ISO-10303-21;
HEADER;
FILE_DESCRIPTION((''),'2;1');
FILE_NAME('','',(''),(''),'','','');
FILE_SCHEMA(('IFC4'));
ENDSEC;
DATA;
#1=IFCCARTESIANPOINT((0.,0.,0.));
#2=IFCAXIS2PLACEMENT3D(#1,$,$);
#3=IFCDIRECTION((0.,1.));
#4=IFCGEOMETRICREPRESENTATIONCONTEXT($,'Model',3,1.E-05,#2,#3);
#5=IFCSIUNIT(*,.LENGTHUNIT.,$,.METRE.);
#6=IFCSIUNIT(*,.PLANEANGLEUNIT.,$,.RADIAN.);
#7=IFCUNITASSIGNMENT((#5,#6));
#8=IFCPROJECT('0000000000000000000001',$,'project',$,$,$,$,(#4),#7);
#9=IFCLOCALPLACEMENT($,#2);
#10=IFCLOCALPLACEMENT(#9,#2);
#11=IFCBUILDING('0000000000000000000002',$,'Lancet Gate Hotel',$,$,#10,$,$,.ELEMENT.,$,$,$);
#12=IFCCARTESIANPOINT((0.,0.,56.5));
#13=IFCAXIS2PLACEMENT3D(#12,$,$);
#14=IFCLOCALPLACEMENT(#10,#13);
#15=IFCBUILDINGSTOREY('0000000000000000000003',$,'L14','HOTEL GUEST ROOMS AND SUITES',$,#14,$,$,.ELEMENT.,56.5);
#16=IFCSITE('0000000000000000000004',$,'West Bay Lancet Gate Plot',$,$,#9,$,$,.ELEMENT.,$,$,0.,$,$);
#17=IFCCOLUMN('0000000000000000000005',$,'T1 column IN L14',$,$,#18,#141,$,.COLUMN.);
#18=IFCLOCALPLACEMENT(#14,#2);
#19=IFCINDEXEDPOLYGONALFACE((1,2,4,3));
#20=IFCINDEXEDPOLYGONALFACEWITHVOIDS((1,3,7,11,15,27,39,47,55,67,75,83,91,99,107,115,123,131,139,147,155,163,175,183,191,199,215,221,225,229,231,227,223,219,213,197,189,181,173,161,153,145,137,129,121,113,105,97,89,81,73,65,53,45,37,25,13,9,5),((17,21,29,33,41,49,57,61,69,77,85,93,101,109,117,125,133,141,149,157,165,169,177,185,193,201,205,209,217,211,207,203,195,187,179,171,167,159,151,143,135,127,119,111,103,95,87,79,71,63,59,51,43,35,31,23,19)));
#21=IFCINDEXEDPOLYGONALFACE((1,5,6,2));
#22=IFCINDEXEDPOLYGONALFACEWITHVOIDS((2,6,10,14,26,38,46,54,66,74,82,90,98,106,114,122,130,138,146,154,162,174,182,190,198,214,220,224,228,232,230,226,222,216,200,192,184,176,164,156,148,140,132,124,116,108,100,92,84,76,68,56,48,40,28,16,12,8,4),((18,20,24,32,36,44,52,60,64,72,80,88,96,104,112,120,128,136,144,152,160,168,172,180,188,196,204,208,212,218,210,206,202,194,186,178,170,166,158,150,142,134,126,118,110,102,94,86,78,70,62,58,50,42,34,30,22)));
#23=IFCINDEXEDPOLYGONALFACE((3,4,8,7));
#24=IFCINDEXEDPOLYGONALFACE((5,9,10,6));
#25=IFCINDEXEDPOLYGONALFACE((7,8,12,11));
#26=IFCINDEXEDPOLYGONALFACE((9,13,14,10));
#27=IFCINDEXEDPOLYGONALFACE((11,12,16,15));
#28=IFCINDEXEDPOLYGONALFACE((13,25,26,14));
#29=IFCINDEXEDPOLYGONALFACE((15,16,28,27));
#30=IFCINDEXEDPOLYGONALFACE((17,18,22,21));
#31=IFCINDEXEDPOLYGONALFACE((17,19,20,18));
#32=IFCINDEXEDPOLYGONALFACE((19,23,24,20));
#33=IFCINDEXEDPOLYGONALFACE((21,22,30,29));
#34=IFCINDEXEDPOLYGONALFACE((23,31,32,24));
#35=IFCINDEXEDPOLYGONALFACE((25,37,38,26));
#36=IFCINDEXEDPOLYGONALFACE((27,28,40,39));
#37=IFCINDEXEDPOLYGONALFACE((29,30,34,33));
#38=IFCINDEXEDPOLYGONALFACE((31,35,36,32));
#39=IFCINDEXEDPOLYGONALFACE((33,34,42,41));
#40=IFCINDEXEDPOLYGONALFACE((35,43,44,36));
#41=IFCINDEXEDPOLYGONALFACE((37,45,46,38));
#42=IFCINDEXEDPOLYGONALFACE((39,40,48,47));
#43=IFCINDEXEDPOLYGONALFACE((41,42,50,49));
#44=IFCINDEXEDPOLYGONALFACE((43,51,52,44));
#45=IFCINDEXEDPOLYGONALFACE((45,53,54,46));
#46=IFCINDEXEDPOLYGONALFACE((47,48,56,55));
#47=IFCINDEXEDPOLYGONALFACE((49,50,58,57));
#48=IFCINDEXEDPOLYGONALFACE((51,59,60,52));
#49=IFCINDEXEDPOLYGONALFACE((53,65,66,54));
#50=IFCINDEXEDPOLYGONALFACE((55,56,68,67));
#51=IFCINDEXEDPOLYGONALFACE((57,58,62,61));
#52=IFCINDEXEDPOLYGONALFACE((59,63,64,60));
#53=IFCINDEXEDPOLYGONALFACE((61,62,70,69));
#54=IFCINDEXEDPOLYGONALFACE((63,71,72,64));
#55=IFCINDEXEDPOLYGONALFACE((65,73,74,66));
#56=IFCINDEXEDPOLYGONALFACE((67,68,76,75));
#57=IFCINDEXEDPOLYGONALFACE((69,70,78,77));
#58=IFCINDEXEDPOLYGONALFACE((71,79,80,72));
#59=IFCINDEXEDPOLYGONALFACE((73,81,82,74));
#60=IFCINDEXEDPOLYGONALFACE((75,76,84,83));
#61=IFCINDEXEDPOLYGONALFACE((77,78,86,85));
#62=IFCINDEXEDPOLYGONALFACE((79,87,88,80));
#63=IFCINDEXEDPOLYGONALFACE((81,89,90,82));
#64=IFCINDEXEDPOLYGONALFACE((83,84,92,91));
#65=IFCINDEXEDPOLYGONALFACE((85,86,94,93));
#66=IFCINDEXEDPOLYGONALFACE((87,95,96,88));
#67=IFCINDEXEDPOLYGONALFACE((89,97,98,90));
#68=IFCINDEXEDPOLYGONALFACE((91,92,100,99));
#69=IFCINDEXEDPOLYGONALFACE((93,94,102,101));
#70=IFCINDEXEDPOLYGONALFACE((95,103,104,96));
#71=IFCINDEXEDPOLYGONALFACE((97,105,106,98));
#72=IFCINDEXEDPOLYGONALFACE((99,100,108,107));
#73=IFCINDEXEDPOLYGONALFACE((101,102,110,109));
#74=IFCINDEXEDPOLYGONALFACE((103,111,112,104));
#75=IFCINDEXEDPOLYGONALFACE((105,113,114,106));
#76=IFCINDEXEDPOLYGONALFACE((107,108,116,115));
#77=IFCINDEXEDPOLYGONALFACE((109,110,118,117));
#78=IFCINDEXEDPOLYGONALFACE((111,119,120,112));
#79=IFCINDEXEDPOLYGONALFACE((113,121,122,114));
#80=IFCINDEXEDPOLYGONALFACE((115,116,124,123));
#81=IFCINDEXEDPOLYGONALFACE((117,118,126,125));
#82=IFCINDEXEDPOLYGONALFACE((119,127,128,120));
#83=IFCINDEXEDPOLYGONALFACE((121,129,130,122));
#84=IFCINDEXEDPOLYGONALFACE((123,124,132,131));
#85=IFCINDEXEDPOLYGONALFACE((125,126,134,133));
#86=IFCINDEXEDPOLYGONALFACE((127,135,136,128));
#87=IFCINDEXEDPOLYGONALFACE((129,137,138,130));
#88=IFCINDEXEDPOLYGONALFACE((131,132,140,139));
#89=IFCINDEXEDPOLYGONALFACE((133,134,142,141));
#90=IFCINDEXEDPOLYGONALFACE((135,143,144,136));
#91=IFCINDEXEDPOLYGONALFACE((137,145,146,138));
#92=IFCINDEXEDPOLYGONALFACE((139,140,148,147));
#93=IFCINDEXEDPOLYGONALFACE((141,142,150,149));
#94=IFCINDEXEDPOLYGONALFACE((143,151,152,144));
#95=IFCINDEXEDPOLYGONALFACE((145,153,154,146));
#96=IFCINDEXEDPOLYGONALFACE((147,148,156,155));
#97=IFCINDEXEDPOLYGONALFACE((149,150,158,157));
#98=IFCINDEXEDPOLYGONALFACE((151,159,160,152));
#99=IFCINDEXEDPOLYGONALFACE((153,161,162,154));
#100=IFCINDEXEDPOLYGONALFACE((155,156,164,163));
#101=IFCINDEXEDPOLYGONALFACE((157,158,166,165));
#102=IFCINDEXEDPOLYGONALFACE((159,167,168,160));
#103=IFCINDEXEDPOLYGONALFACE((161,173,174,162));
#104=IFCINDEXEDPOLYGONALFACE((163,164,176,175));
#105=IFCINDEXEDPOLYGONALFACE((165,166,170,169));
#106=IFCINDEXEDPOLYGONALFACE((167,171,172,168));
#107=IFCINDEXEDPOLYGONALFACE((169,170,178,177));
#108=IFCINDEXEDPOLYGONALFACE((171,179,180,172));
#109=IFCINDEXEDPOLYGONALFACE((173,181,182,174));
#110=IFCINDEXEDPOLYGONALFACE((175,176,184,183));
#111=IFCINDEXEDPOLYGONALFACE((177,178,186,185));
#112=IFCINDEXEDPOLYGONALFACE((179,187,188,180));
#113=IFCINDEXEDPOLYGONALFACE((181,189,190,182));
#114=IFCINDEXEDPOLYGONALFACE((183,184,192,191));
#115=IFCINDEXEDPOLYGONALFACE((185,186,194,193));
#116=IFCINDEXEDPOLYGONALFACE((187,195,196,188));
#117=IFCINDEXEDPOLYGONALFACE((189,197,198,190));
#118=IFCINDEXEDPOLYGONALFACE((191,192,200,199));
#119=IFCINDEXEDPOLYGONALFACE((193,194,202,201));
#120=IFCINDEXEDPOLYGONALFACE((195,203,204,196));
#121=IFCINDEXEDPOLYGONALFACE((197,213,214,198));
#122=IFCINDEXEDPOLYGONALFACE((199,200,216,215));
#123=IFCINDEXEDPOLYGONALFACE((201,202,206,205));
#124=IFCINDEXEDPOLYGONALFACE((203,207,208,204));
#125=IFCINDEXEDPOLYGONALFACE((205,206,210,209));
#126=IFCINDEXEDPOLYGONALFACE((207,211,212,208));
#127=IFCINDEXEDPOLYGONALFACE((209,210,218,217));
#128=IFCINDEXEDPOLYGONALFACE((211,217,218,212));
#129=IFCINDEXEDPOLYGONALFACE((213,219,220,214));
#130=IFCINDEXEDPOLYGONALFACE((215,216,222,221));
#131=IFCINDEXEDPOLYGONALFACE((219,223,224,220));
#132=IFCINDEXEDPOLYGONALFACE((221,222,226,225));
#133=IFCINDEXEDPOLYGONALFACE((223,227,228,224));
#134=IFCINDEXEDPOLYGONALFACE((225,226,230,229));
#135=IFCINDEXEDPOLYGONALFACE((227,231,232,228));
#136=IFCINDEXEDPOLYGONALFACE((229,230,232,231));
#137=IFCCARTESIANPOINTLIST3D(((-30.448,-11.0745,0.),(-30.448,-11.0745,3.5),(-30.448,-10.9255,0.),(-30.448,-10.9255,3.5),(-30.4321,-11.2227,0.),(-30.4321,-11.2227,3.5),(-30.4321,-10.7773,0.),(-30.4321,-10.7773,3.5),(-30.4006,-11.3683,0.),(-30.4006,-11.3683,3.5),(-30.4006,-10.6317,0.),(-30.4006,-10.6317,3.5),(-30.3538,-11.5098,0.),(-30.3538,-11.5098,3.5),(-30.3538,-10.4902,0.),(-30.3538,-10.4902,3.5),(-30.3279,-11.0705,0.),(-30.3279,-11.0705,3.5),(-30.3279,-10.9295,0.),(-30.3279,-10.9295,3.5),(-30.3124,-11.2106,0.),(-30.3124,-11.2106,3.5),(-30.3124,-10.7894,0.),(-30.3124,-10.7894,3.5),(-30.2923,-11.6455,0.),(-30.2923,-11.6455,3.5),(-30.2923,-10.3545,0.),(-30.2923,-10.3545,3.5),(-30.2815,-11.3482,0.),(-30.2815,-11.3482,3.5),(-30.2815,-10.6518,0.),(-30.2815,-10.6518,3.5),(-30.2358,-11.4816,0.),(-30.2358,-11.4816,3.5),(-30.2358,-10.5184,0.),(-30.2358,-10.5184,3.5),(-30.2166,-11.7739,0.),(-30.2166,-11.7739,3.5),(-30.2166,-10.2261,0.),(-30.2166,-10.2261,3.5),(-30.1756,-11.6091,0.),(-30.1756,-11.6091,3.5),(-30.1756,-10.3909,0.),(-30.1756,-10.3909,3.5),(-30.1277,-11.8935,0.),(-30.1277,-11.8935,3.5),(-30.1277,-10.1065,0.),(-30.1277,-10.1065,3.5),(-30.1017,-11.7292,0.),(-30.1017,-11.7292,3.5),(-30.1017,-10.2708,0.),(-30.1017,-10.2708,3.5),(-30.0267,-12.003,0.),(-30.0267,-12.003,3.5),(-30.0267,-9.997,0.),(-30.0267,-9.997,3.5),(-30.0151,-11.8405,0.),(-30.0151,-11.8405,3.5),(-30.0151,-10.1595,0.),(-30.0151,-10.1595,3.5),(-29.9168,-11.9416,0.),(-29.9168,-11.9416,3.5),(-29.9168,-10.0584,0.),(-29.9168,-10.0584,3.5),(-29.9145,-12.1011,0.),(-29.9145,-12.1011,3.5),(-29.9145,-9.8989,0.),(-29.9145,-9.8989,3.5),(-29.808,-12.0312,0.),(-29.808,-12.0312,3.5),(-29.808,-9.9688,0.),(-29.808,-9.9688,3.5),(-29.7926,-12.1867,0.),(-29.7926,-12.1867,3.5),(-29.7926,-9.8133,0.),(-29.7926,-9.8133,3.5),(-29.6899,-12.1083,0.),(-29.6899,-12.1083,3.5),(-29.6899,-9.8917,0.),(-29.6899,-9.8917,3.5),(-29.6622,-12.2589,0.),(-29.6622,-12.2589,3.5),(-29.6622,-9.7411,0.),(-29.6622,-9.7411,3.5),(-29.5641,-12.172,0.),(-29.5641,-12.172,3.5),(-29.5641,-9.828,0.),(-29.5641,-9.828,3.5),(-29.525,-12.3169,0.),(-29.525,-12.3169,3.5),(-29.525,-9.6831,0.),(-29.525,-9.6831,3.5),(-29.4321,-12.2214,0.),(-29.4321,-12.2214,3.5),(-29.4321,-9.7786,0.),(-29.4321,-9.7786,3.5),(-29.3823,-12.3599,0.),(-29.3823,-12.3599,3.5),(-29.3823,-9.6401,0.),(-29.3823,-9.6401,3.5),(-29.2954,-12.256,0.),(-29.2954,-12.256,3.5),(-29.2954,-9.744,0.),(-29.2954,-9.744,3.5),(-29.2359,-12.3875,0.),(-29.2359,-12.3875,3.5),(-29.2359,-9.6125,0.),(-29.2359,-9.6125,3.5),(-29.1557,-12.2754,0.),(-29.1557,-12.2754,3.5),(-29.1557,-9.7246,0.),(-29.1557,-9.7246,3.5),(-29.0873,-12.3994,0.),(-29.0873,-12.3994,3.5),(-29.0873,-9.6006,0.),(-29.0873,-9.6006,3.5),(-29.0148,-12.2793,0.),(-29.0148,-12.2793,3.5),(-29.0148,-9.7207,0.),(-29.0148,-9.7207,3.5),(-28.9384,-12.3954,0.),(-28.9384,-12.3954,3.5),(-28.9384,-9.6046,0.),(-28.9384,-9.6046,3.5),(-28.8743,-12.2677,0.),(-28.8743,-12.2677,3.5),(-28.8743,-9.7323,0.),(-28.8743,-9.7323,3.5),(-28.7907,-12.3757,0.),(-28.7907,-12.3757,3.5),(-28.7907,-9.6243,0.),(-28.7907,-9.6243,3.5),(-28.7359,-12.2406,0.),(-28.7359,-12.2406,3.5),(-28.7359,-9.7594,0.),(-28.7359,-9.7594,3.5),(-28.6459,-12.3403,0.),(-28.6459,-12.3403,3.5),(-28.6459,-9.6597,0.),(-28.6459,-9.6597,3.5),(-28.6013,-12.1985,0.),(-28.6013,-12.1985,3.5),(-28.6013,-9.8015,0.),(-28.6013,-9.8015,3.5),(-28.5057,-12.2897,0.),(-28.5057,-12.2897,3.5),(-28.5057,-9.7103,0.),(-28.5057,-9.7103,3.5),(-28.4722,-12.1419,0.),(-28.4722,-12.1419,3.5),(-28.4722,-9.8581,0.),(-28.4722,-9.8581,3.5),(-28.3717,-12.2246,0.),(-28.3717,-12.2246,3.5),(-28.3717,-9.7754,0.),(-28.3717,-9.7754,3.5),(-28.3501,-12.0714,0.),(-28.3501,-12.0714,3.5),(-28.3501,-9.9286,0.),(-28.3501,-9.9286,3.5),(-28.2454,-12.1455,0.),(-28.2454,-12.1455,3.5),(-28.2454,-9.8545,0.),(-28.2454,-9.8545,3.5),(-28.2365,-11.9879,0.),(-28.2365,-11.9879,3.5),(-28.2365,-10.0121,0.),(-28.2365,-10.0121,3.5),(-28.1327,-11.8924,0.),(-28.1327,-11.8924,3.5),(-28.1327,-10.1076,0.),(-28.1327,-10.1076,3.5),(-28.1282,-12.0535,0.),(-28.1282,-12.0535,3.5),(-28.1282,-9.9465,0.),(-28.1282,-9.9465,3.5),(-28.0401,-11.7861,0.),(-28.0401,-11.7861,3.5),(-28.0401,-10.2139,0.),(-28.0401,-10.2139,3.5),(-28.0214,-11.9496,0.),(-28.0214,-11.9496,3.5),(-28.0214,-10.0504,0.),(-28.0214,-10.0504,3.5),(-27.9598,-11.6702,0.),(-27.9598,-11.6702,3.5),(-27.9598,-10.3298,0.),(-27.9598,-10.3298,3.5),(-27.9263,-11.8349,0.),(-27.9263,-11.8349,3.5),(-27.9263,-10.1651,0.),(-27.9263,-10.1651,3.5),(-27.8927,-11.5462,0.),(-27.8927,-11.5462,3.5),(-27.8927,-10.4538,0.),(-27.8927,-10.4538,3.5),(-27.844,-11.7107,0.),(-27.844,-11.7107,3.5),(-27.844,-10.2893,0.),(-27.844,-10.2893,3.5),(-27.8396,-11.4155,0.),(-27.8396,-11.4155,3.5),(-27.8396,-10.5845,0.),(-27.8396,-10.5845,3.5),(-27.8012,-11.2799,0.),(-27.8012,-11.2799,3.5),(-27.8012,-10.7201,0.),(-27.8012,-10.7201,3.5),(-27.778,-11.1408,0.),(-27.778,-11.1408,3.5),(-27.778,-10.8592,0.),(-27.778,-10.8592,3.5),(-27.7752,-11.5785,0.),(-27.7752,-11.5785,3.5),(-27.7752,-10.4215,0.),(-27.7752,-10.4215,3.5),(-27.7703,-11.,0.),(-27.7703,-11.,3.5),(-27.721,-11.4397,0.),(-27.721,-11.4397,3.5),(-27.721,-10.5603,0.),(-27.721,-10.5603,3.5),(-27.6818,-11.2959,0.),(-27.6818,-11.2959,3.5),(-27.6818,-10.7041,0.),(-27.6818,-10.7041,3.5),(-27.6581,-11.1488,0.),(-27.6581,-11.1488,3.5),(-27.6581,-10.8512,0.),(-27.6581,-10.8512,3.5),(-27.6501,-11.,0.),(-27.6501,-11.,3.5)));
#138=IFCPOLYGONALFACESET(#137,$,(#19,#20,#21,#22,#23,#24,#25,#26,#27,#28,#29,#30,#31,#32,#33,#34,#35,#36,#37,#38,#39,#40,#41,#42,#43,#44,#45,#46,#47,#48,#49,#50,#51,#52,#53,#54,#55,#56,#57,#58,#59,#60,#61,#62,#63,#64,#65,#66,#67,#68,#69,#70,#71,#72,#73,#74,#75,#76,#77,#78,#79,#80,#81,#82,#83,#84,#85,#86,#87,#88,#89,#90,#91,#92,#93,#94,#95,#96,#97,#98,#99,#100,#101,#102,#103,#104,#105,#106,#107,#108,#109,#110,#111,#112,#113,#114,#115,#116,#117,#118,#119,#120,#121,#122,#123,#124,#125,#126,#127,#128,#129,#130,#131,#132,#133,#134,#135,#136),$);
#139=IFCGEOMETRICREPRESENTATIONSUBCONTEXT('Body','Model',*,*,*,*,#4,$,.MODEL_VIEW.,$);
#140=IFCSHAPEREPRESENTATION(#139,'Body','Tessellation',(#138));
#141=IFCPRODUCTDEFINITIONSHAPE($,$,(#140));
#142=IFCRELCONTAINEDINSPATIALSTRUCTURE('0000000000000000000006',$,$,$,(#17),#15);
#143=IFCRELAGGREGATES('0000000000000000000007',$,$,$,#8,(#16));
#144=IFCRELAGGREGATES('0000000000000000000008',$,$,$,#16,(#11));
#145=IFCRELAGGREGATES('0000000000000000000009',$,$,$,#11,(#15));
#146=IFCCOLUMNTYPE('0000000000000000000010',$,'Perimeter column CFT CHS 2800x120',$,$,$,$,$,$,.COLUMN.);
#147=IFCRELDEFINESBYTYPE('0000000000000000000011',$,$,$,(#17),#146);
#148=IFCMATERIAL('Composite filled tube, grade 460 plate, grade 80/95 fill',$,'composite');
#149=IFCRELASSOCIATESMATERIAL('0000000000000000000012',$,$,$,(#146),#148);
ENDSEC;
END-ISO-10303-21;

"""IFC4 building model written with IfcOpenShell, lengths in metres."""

from ifc_helpers import new_model, si_unit, direction, frame, origin, origin_2d, place, context, subcontext, project, spatial, hollow_circle, extrude, material, material_profile, profile_set, type_object, element, save


model = new_model("IFC4")

# Units and contexts
model_context = context("Model", 3, precision=1e-05, world=origin(), true_north=direction((0.0, 1.0)))
body_context = subcontext(model_context, "Body", "Model", "MODEL_VIEW")
ifc_project = project(units=[si_unit("LENGTHUNIT", "METRE"), si_unit("PLANEANGLEUNIT", "RADIAN")], contexts=[model_context])

# Site, building, storey
site_placement = place(None, origin())
site = spatial("IfcSite", under=ifc_project, at=site_placement, Name="West Bay Lancet Gate Plot", CompositionType="ELEMENT", RefElevation=0.0)
building_placement = place(site_placement, origin())
building = spatial("IfcBuilding", under=site, at=building_placement, Name="Lancet Gate Hotel", CompositionType="ELEMENT")
storey_placement = place(building_placement, frame((0.0, 0.0, 56.5)))
storey = spatial("IfcBuildingStorey", under=building, at=storey_placement, Name="L14", Description="HOTEL GUEST ROOMS AND SUITES", CompositionType="ELEMENT", Elevation=56.5)

# Column
ifc_material_1 = material(Name="Composite filled tube, grade 460 plate, grade 80/95 fill", Category="composite")
ifc_material_profile_1 = material_profile(ifc_material_1, hollow_circle(Radius=1.3999, WallThickness=0.1201, at=origin_2d()), Name="CHS 2800x120")
ifc_profile_set_1 = profile_set([ifc_material_profile_1], Name="Composite filled tube, grade 460 plate, grade 80/95 fill")
column_type = type_object("IfcColumnType", Name="Perimeter column CFT CHS 2800x120", PredefinedType="COLUMN", material=ifc_profile_set_1)
for number, where, z_axis, x_axis, name in (
    (1, (-29.05, -11.0, 0.0), (0.0, 0.0, 1.0), (1.0, 0.0, 0.0), "T1 column IN L14"),
):
    element("IfcColumn", number, at=place(storey_placement, frame(where, z_axis=z_axis, x_axis=x_axis)), inside=storey, type_object=column_type, Name=name, PredefinedType="COLUMN", context=body_context, shape_type="SweptSolid", body=[
        extrude(hollow_circle(Radius=1.3999, WallThickness=0.1201, at=origin_2d()), origin(), (0.0, 0.0, 1.0), 3.5),
    ])

save(model, "model.ifc")
